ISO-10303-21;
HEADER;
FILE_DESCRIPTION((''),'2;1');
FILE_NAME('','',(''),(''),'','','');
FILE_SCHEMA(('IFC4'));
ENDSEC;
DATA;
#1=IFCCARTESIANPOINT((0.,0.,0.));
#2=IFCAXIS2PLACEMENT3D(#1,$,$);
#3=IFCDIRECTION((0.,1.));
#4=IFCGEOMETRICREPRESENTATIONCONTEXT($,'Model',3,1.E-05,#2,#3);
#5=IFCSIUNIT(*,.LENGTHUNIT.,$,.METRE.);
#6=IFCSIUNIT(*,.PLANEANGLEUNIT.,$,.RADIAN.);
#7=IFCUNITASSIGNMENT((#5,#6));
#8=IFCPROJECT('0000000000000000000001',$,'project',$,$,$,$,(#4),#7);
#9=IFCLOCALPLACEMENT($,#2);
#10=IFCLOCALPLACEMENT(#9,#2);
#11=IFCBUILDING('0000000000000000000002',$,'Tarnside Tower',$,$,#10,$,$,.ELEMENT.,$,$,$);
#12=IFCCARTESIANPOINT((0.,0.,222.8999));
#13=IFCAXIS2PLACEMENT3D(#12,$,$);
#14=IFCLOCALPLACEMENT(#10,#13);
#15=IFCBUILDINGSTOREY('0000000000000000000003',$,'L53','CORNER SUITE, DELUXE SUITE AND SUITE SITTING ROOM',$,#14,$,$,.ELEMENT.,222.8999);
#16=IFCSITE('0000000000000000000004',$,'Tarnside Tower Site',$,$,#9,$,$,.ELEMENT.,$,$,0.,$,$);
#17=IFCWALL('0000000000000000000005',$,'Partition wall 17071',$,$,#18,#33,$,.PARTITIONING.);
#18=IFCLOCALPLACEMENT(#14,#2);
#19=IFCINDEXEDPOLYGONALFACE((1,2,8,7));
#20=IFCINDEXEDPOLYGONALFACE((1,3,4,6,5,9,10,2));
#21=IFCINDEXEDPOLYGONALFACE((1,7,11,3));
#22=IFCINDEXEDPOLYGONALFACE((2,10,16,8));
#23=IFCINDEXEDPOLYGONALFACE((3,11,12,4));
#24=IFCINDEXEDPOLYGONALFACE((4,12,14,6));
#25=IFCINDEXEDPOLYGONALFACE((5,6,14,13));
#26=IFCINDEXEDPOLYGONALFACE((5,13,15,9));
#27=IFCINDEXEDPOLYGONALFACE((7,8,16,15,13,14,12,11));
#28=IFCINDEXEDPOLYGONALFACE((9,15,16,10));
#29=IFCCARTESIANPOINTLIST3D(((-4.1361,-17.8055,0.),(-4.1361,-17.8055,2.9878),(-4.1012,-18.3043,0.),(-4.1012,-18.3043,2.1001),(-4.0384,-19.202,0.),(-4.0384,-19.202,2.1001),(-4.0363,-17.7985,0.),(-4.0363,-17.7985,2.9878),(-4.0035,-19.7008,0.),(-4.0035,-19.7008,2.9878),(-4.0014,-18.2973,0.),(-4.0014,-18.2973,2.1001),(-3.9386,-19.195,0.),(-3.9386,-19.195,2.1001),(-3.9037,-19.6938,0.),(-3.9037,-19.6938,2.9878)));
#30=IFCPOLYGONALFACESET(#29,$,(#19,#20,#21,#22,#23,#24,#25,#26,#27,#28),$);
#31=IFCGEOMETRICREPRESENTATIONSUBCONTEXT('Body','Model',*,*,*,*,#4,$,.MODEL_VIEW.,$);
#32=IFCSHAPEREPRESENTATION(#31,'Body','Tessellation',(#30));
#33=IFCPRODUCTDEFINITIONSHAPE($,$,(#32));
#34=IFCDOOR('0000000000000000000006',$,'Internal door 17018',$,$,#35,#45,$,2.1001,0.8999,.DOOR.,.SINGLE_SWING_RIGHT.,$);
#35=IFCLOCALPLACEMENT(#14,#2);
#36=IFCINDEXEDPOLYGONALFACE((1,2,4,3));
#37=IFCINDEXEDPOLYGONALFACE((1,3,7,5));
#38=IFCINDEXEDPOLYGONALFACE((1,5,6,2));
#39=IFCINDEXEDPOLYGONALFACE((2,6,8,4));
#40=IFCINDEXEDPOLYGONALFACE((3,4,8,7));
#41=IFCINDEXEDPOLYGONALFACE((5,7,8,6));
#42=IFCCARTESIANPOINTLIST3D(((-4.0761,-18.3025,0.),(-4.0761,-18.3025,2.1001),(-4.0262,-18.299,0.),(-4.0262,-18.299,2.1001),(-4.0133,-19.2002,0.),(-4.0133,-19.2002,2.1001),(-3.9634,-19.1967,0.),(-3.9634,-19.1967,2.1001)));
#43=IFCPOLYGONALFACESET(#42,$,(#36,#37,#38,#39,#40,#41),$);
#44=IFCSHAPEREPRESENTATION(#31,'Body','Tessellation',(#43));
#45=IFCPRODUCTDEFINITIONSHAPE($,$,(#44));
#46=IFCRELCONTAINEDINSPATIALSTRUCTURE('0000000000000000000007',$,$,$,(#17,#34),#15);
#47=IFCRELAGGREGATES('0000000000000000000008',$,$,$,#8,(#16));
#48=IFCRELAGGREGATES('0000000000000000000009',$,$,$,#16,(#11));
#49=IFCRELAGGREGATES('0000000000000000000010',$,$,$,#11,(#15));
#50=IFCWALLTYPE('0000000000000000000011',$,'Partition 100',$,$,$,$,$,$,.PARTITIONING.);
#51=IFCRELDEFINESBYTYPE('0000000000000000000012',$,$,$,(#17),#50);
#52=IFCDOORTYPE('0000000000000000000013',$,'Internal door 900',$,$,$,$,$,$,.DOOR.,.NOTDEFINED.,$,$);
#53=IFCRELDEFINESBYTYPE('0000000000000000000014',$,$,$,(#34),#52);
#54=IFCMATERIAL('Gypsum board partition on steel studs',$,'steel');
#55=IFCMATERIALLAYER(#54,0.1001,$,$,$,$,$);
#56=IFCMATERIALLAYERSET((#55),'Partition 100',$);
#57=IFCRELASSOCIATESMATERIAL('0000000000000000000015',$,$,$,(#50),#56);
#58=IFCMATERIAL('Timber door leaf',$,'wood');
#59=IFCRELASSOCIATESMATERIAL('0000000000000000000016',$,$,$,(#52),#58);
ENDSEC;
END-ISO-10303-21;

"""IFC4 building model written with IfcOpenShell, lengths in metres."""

from ifc_helpers import new_model, si_unit, direction, frame, frame_2d, origin, place, context, subcontext, project, spatial, rectangle, extrude, material, layer, layer_set, type_object, element, fill, save


model = new_model("IFC4")

# Units and contexts
model_context = context("Model", 3, precision=1e-05, world=origin(), true_north=direction((0.0, 1.0)))
body_context = subcontext(model_context, "Body", "Model", "MODEL_VIEW")
ifc_project = project(units=[si_unit("LENGTHUNIT", "METRE"), si_unit("PLANEANGLEUNIT", "RADIAN")], contexts=[model_context])

# Site, building, storey
site_placement = place(None, origin())
site = spatial("IfcSite", under=ifc_project, at=site_placement, Name="Tarnside Tower Site", CompositionType="ELEMENT", RefElevation=0.0)
building_placement = place(site_placement, origin())
building = spatial("IfcBuilding", under=site, at=building_placement, Name="Tarnside Tower", CompositionType="ELEMENT")
storey_placement = place(building_placement, frame((0.0, 0.0, 222.8999)))
storey = spatial("IfcBuildingStorey", under=building, at=storey_placement, Name="L53", Description="CORNER SUITE, DELUXE SUITE AND SUITE SITTING ROOM", CompositionType="ELEMENT", Elevation=222.8999)

# Shared definitions
ifc_material_1 = material(Name="Gypsum board partition on steel studs", Category="steel")
ifc_material_2 = material(Name="Timber door leaf", Category="wood")

# Shared definitions
ifc_layer_1 = layer(ifc_material_1, 0.1001)
ifc_layer_set_1 = layer_set([ifc_layer_1], Name="Partition 100")
wall_type_1 = type_object("IfcWallType", Name="Partition 100", PredefinedType="PARTITIONING", material=ifc_layer_set_1)

# Wall, opening, door
wall_1_placement = place(storey_placement, frame((-3.9536, -19.6973, 0.0), z_axis=(0.0, 0.0, 1.0), x_axis=(-0.069777, 0.997563, 0.0)))
wall_1 = element("IfcWall", 1, at=wall_1_placement, inside=storey, type_object=wall_type_1, Name="Partition wall 17071", PredefinedType="PARTITIONING", context=body_context, shape_type="SweptSolid", body=[
    extrude(rectangle(XDim=1.8999, YDim=0.1001, at=frame_2d((0.95, 0.0))), origin(), (0.0, 0.0, 1.0), 2.9878),
])
opening_1_placement = place(wall_1_placement, frame((0.5, 0.0, 0.0)))
opening_1 = element("IfcOpeningElement", 2, at=opening_1_placement, cuts=wall_1, PredefinedType="OPENING", context=body_context, shape_type="SweptSolid", body=[
    extrude(rectangle(XDim=0.8999, YDim=2.1001, at=frame_2d((0.45, 1.05))), frame((0.0, 0.0601, 0.0), z_axis=(0.0, -1.0, 0.0), x_axis=(1.0, 0.0, 0.0)), (0.0, 0.0, 1.0), 0.1201),
])
door_type_1 = type_object("IfcDoorType", Name="Internal door 900", OperationType="NOTDEFINED", PredefinedType="DOOR", material=ifc_material_2)
door_1_placement = place(opening_1_placement, origin())
door_1 = element("IfcDoor", 3, at=door_1_placement, inside=storey, type_object=door_type_1, Name="Internal door 17018", OperationType="SINGLE_SWING_RIGHT", OverallHeight=2.1001, OverallWidth=0.8999, PredefinedType="DOOR", context=body_context, shape_type="SweptSolid", body=[
    extrude(rectangle(XDim=0.8999, YDim=2.1001, at=frame_2d((0.45, 1.05))), frame((0.0, 0.0249, 0.0), z_axis=(0.0, -1.0, 0.0), x_axis=(1.0, 0.0, 0.0)), (0.0, 0.0, 1.0), 0.05),
])
fill(opening_1, door_1)

save(model, "model.ifc")
